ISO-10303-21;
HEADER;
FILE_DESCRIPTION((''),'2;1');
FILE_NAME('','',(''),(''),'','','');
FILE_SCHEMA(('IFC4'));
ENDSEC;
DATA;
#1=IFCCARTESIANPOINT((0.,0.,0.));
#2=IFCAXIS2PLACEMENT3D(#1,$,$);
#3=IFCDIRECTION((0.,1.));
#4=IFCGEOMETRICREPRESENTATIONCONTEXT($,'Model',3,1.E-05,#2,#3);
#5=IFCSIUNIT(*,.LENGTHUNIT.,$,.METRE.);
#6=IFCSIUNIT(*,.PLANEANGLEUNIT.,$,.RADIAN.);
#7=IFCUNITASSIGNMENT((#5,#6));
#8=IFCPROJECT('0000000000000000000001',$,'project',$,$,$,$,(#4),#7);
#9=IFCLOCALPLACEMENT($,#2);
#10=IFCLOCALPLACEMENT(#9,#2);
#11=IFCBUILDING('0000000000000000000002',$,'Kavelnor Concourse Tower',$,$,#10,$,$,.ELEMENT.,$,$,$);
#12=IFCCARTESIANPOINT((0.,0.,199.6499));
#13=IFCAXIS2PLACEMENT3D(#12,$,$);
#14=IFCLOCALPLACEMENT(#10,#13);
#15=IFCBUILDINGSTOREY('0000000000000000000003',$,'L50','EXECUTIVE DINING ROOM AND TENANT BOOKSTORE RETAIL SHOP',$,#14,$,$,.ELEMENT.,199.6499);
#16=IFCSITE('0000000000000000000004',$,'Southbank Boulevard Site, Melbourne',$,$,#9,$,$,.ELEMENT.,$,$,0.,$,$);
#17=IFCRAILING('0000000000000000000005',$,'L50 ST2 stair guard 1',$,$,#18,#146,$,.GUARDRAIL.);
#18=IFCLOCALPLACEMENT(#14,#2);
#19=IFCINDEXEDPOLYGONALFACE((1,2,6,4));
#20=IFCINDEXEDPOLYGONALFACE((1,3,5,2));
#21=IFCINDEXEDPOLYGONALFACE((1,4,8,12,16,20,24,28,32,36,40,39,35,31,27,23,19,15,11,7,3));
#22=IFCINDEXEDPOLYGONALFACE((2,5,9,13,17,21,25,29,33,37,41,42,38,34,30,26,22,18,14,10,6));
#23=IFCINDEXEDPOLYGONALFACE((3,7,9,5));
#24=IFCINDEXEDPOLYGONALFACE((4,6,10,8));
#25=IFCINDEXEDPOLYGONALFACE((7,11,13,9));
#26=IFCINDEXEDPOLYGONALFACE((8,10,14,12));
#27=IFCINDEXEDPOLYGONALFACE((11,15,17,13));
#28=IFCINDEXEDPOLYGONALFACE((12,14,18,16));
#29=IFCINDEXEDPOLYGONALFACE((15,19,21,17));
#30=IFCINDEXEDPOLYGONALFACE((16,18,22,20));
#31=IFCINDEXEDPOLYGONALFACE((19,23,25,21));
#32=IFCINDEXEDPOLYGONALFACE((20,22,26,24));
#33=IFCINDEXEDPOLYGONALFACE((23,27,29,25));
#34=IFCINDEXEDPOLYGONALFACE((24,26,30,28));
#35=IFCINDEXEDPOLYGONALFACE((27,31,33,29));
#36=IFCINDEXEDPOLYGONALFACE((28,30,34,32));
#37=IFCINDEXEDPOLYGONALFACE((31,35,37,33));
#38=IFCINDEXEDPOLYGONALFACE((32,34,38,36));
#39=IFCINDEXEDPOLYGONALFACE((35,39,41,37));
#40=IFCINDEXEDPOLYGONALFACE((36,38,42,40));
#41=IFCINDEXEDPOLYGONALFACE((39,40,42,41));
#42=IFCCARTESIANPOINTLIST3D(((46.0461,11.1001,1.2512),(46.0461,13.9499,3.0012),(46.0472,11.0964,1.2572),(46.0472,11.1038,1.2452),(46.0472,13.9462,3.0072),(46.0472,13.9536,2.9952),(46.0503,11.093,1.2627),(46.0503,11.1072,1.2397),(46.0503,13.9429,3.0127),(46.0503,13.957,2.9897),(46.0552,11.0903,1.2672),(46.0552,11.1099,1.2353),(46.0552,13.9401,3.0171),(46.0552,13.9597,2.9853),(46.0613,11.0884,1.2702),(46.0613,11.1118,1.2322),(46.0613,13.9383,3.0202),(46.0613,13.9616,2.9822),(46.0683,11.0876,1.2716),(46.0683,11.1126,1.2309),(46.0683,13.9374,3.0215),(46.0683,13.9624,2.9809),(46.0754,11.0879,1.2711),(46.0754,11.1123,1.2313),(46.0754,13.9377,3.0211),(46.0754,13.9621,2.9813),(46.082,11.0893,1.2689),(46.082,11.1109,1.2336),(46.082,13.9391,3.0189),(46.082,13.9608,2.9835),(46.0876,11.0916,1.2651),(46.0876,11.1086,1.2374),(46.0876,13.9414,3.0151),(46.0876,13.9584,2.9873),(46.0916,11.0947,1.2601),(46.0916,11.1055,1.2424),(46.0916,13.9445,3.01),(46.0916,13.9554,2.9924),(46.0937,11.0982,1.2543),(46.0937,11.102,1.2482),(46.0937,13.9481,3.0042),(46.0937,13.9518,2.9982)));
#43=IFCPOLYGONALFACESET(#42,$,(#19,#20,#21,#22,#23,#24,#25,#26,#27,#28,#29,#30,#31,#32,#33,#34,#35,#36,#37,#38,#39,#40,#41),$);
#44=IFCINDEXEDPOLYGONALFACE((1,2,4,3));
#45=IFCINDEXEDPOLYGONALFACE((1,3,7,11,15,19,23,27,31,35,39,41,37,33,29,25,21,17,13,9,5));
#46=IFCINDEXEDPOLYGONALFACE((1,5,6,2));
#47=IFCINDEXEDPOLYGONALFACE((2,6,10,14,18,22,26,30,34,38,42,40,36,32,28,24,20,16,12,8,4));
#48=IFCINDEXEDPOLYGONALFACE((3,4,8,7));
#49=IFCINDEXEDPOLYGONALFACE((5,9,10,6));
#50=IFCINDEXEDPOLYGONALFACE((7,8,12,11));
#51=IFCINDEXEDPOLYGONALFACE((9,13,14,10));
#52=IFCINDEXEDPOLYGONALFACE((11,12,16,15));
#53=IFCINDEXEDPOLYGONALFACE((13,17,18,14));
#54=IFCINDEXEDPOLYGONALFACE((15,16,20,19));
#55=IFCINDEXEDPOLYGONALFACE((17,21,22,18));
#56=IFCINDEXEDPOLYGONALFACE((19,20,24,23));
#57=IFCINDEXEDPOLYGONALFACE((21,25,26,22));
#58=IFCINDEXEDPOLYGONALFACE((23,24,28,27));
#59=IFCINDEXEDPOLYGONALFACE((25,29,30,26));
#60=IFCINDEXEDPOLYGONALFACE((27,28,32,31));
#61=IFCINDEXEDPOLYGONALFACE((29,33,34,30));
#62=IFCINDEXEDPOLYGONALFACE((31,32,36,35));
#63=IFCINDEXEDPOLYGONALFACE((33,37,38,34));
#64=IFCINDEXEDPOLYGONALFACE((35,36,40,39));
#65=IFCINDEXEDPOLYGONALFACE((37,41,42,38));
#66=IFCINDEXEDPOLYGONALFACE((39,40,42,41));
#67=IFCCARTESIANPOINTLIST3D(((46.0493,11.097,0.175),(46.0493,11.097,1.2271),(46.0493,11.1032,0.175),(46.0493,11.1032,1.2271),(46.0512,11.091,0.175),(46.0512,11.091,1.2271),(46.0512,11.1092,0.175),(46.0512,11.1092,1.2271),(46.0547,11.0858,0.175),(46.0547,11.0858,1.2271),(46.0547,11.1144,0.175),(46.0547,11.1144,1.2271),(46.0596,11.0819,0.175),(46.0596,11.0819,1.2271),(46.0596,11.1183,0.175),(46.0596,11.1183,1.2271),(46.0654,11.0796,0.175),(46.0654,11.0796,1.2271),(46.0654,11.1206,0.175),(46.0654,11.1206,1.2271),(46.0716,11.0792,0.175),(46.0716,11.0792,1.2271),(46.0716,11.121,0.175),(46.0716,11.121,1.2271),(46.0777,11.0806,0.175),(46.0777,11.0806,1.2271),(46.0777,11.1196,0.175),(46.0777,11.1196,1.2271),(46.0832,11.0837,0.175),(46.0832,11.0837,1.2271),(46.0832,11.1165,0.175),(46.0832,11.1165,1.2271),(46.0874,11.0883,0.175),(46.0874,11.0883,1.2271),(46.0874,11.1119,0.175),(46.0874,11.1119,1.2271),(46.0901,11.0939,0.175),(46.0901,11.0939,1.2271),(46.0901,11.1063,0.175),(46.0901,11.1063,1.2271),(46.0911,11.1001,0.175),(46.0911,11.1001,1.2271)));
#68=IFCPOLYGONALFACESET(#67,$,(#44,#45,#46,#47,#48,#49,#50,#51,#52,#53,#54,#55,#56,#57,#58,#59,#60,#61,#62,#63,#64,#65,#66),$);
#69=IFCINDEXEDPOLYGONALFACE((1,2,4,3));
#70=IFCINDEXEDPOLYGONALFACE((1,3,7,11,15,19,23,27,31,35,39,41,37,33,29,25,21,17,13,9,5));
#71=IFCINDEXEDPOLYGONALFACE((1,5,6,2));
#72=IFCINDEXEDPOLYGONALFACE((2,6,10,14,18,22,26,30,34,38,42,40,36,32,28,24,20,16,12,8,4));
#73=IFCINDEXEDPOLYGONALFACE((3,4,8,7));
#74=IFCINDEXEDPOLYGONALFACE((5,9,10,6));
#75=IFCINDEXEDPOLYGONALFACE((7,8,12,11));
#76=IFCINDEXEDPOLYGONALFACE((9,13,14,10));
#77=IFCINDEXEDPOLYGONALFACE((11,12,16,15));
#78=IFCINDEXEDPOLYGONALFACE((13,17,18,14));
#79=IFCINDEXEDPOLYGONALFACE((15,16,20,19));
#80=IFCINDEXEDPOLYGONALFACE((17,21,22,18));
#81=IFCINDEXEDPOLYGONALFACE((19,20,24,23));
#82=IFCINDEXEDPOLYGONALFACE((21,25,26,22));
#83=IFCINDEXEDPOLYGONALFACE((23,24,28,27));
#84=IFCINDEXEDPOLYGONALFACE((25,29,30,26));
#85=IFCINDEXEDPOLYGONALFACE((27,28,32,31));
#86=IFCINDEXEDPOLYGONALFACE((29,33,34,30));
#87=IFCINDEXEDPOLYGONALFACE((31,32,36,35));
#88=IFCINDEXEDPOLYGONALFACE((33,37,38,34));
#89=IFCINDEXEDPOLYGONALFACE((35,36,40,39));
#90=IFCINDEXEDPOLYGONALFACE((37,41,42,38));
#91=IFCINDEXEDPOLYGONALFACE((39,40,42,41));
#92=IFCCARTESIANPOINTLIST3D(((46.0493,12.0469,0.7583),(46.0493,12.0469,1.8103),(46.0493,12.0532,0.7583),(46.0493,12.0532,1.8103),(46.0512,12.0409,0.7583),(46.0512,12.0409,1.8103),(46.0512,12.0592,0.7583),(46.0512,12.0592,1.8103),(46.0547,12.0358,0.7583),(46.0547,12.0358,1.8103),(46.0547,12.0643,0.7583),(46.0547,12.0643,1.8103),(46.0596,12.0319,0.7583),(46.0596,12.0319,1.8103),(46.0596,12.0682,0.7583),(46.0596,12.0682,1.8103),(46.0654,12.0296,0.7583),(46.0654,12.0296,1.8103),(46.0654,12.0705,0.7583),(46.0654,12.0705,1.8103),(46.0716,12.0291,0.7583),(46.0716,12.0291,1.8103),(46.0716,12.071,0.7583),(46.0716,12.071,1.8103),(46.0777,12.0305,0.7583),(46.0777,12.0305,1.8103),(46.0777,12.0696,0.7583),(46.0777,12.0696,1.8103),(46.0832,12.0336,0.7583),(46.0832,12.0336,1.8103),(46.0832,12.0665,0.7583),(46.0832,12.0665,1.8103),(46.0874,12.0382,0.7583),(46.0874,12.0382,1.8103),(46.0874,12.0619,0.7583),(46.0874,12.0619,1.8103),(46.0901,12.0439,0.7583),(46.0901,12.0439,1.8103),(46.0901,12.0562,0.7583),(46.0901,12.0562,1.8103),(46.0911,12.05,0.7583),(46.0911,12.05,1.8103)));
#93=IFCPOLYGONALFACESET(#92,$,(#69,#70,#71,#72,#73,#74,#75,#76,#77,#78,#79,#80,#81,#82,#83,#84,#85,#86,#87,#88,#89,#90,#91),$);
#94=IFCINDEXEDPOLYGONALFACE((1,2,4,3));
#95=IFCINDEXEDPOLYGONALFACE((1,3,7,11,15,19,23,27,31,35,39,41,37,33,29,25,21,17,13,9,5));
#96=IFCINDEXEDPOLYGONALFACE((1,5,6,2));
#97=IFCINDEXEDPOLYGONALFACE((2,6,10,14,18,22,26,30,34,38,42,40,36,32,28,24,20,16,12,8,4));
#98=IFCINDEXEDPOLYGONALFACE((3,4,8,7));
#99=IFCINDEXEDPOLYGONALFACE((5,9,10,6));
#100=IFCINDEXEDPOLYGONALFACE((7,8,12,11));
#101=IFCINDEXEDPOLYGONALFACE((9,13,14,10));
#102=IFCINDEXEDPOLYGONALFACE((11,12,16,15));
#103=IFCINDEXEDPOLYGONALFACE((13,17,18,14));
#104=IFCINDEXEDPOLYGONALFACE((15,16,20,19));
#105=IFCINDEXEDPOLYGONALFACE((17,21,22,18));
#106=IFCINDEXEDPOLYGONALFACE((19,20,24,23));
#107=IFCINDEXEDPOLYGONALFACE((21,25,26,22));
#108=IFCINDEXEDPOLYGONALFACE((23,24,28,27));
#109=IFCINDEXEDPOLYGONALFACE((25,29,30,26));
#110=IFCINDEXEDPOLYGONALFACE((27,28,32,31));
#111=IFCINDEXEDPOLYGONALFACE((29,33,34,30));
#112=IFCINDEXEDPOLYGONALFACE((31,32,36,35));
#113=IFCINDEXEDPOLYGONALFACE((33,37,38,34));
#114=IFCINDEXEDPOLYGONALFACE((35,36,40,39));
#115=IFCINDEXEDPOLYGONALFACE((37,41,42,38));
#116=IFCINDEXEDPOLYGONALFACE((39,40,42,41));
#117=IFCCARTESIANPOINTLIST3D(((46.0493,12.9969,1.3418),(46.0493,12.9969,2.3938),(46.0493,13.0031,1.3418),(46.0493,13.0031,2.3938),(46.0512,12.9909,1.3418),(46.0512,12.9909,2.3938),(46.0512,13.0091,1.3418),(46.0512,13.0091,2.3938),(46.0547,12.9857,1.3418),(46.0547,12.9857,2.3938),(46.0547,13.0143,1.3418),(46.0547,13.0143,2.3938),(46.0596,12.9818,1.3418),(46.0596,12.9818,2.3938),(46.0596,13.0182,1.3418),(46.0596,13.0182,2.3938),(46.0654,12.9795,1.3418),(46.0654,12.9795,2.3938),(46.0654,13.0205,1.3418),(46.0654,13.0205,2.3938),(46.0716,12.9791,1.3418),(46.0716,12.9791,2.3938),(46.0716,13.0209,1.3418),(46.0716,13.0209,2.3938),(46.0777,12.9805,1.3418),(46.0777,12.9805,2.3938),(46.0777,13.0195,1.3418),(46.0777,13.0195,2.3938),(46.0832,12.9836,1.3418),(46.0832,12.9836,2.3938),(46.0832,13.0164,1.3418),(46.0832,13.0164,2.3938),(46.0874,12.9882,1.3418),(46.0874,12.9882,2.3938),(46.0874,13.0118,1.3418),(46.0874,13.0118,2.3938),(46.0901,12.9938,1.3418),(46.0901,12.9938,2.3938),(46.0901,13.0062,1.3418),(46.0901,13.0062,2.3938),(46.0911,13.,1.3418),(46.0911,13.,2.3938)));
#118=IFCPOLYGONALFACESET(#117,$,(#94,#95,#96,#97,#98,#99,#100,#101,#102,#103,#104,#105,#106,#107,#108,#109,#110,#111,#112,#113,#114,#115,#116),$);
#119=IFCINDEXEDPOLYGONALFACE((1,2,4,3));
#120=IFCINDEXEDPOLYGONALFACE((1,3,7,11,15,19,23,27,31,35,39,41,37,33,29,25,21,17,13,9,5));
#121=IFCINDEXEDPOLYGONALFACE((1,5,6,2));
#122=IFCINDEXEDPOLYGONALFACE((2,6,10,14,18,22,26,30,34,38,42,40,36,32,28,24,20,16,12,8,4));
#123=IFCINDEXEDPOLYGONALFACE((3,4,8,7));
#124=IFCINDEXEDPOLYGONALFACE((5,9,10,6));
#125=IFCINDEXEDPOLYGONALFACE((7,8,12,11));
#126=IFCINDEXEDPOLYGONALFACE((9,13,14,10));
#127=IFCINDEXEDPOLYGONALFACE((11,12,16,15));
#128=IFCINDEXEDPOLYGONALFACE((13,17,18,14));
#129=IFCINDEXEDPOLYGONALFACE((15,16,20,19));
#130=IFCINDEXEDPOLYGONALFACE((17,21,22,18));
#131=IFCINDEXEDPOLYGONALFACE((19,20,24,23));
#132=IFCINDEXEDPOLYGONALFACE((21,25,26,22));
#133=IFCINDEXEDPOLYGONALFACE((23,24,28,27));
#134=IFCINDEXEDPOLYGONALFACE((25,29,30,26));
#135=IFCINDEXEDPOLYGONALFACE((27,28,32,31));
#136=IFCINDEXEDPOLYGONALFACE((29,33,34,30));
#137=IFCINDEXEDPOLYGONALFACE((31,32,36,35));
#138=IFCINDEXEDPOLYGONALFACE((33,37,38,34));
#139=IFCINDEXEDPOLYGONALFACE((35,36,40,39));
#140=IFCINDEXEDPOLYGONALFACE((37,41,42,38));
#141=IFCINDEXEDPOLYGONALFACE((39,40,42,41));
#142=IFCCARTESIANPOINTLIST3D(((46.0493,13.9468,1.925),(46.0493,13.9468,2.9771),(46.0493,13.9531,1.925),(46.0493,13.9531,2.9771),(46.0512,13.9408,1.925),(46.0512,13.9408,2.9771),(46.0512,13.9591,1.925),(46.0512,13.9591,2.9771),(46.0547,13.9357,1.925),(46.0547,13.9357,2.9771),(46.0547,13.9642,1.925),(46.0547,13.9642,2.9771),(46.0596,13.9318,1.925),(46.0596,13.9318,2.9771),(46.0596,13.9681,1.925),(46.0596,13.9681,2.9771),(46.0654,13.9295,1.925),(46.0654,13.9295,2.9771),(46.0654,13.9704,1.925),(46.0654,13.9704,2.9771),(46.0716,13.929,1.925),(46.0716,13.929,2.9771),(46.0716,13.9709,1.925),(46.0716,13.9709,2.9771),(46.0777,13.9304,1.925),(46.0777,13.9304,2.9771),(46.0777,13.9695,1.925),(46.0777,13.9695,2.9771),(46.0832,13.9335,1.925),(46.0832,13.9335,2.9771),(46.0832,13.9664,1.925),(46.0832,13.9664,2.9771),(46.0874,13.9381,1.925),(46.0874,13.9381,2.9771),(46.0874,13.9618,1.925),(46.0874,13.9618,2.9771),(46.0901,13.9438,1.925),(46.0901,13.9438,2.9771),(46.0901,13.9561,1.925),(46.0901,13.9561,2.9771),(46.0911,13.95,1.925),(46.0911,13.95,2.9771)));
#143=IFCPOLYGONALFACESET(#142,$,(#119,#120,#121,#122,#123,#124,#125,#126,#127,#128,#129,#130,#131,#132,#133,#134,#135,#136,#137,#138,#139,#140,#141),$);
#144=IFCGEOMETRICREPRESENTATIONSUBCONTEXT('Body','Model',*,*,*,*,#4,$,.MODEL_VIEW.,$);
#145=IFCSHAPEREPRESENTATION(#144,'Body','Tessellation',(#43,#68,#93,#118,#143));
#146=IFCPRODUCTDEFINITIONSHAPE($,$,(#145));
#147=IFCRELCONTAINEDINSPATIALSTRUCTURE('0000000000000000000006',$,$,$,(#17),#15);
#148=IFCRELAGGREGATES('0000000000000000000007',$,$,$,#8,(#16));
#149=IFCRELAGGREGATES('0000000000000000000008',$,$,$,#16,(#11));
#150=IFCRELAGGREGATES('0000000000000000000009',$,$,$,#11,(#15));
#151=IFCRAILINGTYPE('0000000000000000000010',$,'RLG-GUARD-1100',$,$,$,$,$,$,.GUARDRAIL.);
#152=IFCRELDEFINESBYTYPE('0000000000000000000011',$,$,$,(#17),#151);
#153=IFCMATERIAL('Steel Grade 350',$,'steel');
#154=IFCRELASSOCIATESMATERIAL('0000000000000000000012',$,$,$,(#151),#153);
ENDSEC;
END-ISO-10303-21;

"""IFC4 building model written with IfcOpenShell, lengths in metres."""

from ifc_helpers import new_model, si_unit, direction, frame, origin, origin_2d, place, context, subcontext, project, spatial, circle, extrude, material, type_object, element, save


model = new_model("IFC4")

# Units and contexts
model_context = context("Model", 3, precision=1e-05, world=origin(), true_north=direction((0.0, 1.0)))
body_context = subcontext(model_context, "Body", "Model", "MODEL_VIEW")
ifc_project = project(units=[si_unit("LENGTHUNIT", "METRE"), si_unit("PLANEANGLEUNIT", "RADIAN")], contexts=[model_context])

# Site, building, storey
site_placement = place(None, origin())
site = spatial("IfcSite", under=ifc_project, at=site_placement, Name="Southbank Boulevard Site, Melbourne", CompositionType="ELEMENT", RefElevation=0.0)
building_placement = place(site_placement, origin())
building = spatial("IfcBuilding", under=site, at=building_placement, Name="Kavelnor Concourse Tower", CompositionType="ELEMENT")
storey_placement = place(building_placement, frame((0.0, 0.0, 199.6499)))
storey = spatial("IfcBuildingStorey", under=building, at=storey_placement, Name="L50", Description="EXECUTIVE DINING ROOM AND TENANT BOOKSTORE RETAIL SHOP", CompositionType="ELEMENT", Elevation=199.6499)

# Shared definitions
ifc_material_1 = material(Name="Steel Grade 350", Category="steel")

# Railing
railing_type_1 = type_object("IfcRailingType", Name="RLG-GUARD-1100", PredefinedType="GUARDRAIL", material=ifc_material_1)
railing_1_placement = place(storey_placement, frame((46.0701, 11.1001, 0.175)))
element("IfcRailing", 1, at=railing_1_placement, inside=storey, type_object=railing_type_1, Name="L50 ST2 stair guard 1", PredefinedType="GUARDRAIL", context=body_context, shape_type="SweptSolid", body=[
    extrude(circle(Radius=0.0239, at=origin_2d()), frame((0.0, 0.0, 1.0762), z_axis=(0.0, 0.852159, 0.523283), x_axis=(-1.0, 0.0, 0.0)), (0.0, 0.0, 1.0), 3.3442),
    extrude(circle(Radius=0.021, at=origin_2d()), origin(), (0.0, 0.0, 1.0), 1.052),
    extrude(circle(Radius=0.021, at=origin_2d()), frame((0.0, 0.95, 0.5833)), (0.0, 0.0, 1.0), 1.052),
    extrude(circle(Radius=0.021, at=origin_2d()), frame((0.0, 1.8999, 1.1667)), (0.0, 0.0, 1.0), 1.052),
    extrude(circle(Radius=0.021, at=origin_2d()), frame((0.0, 2.8499, 1.75)), (0.0, 0.0, 1.0), 1.052),
])

save(model, "model.ifc")
